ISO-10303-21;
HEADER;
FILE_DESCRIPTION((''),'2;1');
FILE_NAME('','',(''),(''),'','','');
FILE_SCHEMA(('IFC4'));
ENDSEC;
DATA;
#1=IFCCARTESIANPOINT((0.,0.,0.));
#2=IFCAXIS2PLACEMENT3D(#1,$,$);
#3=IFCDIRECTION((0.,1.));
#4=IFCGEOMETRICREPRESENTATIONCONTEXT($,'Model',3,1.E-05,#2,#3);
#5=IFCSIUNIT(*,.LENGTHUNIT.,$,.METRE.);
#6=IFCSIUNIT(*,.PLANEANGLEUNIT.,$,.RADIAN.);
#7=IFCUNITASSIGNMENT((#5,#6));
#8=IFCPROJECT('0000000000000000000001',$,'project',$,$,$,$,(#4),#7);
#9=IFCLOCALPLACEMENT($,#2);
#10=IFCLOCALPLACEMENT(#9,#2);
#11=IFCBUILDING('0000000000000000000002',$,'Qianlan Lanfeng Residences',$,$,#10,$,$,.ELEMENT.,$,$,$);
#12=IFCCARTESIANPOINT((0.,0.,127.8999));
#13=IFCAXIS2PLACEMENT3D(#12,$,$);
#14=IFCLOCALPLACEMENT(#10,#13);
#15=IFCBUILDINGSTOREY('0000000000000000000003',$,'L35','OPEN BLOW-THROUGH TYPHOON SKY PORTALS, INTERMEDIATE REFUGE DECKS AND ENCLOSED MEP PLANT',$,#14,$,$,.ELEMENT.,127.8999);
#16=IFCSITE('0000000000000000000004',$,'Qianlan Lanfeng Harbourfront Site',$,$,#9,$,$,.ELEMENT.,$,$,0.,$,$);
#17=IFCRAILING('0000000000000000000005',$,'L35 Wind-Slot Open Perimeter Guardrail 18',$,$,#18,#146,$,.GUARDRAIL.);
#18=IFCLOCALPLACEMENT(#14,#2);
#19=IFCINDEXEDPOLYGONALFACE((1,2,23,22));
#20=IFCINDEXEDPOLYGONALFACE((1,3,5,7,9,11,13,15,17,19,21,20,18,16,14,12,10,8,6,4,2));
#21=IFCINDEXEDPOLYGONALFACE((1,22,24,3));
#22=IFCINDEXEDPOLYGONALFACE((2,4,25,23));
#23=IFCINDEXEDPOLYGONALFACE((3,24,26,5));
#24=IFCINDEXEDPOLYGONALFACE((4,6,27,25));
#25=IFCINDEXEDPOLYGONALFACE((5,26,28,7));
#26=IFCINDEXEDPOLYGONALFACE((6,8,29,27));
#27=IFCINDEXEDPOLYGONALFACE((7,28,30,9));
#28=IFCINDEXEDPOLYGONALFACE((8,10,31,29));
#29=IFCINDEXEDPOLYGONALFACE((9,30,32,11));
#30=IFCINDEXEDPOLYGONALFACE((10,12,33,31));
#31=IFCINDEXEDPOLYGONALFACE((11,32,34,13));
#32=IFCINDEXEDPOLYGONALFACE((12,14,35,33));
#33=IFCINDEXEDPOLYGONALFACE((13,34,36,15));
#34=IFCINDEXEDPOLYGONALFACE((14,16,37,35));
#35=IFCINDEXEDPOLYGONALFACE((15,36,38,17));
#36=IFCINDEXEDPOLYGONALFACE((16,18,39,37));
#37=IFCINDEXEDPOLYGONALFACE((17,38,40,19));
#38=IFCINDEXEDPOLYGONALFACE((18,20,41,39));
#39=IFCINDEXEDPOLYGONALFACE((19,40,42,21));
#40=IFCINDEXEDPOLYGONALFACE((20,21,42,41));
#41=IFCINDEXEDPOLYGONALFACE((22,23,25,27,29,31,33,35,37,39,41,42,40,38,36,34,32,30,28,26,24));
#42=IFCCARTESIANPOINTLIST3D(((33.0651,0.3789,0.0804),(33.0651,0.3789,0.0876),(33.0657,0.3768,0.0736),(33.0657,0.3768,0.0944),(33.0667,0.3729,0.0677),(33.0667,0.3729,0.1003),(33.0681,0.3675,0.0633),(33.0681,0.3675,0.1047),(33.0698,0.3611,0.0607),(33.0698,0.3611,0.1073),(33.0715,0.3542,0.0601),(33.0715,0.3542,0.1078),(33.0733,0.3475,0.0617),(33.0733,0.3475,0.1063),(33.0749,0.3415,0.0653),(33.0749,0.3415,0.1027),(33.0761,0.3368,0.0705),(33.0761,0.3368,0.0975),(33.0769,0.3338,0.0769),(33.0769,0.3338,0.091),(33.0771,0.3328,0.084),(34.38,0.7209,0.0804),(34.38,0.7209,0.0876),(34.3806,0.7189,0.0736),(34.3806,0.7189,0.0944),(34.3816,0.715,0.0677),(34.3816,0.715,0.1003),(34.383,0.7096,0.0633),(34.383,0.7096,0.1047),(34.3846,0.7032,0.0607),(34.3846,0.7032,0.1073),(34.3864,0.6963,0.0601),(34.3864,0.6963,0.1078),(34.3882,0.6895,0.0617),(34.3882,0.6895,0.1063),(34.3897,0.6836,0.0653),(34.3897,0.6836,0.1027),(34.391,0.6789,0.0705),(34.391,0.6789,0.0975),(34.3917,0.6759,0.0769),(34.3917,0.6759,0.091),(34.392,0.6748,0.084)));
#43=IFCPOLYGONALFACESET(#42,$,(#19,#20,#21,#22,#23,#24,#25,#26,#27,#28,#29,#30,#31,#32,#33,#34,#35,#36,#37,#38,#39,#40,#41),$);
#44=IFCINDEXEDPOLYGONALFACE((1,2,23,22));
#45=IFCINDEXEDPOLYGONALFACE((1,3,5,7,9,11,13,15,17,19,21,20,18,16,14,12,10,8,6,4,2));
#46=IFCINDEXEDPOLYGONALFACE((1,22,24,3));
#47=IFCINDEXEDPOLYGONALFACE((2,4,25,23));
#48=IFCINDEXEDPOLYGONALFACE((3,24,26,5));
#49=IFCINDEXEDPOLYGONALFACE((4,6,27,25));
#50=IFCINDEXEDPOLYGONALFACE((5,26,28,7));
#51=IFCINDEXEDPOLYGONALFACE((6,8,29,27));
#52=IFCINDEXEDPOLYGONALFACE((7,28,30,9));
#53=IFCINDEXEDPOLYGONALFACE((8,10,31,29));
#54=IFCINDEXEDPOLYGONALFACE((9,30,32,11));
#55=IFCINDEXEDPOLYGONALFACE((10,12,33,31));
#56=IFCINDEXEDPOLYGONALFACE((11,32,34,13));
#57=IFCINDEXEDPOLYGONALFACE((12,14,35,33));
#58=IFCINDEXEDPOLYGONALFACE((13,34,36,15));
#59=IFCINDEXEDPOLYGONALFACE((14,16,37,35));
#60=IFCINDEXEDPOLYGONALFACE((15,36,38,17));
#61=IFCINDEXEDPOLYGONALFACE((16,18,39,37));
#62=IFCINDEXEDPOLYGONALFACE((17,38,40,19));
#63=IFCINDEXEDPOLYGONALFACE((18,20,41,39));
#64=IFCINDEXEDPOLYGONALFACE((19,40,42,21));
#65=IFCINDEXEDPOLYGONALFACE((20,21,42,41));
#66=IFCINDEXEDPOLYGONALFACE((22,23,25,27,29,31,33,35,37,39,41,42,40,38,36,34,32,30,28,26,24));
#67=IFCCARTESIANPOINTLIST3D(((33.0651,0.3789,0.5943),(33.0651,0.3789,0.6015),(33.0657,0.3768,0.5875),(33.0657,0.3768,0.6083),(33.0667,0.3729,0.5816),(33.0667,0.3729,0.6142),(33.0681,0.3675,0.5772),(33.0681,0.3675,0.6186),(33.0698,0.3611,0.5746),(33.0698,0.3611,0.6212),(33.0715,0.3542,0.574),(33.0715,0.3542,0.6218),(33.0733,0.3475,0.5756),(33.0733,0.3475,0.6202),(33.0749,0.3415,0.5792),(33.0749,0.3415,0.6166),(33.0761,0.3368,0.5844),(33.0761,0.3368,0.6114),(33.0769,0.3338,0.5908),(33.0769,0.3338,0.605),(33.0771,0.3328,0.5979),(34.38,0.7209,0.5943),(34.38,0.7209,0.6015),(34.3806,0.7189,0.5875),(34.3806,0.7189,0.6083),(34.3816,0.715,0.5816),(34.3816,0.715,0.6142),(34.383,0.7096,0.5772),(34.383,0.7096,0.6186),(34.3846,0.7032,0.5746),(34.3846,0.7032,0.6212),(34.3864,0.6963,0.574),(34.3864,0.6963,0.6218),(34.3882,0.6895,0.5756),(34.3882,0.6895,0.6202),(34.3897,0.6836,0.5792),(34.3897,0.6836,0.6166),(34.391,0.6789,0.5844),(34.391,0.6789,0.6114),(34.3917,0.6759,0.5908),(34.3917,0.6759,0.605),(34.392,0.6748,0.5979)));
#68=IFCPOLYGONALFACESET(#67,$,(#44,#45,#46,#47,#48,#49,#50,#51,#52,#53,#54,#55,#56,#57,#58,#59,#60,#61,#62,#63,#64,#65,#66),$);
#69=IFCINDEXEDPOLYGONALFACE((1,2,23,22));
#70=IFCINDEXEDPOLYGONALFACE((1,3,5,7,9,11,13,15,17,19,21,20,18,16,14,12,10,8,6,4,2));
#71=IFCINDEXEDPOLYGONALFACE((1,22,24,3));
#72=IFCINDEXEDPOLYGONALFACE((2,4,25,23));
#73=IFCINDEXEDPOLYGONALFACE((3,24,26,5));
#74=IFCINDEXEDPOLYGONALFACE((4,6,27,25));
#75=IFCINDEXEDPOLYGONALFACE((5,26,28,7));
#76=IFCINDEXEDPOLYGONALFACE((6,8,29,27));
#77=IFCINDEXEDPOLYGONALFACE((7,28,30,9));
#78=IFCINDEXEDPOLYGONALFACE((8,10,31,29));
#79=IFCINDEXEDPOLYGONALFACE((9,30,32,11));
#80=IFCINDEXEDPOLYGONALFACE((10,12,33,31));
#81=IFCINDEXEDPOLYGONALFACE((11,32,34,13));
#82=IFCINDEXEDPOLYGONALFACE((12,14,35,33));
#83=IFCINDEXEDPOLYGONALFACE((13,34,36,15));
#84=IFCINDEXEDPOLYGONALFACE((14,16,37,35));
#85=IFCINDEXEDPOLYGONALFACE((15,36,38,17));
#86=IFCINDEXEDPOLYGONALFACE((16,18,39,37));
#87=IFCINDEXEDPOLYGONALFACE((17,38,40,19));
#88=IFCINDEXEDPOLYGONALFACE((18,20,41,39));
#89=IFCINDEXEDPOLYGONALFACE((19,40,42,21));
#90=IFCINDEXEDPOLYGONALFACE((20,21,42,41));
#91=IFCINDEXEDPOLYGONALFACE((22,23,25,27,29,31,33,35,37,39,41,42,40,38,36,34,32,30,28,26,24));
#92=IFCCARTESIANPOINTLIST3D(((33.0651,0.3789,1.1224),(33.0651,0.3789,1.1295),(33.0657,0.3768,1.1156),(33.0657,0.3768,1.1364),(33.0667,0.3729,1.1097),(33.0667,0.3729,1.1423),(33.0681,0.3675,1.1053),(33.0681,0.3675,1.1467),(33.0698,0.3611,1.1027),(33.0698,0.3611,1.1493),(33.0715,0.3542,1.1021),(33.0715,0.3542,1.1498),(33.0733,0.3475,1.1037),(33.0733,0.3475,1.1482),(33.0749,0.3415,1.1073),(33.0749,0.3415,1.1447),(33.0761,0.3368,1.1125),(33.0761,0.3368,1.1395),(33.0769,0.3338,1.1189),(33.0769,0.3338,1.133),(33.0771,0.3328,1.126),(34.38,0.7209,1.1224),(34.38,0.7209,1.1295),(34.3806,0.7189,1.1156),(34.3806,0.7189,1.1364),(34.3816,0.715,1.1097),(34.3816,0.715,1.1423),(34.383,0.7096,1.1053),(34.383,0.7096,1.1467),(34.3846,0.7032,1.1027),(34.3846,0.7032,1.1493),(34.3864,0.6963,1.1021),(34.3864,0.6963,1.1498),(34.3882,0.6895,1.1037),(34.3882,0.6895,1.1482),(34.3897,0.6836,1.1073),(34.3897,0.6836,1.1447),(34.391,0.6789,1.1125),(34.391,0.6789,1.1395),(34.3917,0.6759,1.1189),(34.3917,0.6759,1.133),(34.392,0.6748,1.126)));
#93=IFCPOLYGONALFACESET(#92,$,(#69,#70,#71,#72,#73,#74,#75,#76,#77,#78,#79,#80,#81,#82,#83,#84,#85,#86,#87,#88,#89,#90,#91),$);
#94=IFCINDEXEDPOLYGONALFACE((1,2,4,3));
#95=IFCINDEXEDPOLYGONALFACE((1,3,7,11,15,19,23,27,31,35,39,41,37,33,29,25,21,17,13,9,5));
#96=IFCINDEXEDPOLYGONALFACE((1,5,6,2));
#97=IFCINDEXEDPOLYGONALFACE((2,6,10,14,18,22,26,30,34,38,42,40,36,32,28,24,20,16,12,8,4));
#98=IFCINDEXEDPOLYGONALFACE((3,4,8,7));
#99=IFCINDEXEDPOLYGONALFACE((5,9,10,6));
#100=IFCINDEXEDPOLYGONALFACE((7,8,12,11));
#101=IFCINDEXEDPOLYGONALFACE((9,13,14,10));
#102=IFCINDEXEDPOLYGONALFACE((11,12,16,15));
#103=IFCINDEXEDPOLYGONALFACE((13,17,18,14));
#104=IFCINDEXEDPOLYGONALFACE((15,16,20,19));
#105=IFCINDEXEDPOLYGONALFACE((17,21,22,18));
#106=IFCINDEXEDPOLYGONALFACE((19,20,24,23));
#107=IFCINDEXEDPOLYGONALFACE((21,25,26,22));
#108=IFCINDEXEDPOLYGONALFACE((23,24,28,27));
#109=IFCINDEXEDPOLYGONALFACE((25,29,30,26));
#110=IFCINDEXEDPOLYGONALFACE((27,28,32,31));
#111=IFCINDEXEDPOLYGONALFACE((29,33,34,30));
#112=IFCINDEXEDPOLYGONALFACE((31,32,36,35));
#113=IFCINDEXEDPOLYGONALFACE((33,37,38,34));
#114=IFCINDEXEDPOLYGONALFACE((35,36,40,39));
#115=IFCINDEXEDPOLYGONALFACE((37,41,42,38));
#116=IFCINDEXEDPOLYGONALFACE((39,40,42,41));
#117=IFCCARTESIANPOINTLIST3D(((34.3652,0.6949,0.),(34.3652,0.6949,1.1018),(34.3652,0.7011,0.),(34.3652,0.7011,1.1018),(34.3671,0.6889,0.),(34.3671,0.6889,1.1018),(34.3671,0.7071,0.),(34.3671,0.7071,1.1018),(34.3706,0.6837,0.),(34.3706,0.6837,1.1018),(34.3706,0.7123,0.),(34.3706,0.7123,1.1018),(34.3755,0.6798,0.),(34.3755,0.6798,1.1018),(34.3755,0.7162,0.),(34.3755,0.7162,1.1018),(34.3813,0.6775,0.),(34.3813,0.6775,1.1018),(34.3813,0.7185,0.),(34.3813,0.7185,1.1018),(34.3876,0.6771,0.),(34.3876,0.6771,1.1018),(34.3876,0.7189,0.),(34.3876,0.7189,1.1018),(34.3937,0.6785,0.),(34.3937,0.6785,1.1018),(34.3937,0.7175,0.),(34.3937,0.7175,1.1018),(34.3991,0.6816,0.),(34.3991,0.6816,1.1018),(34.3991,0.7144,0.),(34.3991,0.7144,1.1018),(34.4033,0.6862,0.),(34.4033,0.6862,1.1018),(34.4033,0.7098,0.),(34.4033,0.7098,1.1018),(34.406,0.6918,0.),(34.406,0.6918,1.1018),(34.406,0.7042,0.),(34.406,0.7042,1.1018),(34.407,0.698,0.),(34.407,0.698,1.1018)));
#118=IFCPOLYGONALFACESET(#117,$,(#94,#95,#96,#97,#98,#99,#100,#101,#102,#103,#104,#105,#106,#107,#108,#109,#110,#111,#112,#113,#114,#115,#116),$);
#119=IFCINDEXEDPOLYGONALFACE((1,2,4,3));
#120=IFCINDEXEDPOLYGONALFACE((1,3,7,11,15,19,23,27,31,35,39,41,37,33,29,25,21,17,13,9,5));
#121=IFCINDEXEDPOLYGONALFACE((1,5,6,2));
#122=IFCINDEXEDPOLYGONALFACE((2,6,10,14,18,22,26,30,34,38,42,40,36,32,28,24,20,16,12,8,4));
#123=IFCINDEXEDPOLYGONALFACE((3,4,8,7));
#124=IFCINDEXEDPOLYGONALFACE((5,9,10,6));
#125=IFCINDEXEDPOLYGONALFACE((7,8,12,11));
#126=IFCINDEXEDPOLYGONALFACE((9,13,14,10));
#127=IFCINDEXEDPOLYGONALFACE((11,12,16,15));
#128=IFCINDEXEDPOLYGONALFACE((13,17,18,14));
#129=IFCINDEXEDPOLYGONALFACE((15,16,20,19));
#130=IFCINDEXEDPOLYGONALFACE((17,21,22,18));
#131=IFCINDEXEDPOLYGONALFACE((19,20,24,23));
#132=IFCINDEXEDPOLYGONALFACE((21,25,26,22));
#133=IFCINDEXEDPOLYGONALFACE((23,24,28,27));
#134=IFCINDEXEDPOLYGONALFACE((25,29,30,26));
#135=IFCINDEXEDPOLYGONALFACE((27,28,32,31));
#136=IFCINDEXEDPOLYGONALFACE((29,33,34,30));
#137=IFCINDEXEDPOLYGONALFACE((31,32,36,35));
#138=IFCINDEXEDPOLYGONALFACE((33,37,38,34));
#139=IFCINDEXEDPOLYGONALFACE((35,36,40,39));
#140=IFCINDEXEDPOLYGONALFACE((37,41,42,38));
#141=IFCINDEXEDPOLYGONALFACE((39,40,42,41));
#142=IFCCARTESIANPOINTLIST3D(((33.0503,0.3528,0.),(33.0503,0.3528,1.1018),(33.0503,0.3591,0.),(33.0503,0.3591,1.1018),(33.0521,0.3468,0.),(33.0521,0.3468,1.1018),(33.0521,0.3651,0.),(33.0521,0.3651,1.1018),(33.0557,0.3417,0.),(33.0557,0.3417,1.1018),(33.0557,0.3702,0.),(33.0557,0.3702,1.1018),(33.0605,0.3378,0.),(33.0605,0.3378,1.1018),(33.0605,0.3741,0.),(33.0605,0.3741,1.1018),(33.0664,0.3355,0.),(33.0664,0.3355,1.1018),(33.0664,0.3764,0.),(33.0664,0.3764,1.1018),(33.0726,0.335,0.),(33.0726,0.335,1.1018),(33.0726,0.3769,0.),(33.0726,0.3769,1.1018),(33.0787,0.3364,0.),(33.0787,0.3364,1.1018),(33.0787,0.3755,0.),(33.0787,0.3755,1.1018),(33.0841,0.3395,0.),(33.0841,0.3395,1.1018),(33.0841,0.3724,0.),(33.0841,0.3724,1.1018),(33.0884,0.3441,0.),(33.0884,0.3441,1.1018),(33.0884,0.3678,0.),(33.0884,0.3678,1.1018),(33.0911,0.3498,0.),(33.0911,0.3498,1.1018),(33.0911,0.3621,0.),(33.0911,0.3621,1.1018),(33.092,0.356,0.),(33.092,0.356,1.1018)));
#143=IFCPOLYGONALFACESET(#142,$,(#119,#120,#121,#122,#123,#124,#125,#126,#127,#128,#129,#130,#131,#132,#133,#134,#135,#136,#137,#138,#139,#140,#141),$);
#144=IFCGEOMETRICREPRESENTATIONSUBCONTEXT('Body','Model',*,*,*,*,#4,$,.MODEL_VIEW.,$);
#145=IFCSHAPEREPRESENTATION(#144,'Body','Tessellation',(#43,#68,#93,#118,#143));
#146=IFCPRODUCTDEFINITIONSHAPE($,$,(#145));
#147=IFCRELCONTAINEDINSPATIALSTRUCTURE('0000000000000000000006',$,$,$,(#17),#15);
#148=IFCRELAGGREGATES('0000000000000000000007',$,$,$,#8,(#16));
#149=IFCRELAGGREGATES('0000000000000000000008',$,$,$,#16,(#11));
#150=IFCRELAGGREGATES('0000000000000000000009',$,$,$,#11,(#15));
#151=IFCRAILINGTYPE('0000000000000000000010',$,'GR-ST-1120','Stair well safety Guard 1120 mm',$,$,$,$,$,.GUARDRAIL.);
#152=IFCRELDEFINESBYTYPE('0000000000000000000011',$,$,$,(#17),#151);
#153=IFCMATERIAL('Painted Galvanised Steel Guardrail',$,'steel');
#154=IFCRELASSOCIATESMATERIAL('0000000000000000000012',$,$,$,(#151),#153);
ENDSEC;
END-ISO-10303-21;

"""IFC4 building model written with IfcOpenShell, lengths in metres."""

from ifc_helpers import new_model, si_unit, direction, frame, origin, origin_2d, place, context, subcontext, project, spatial, circle, extrude, material, type_object, element, save


model = new_model("IFC4")

# Units and contexts
model_context = context("Model", 3, precision=1e-05, world=origin(), true_north=direction((0.0, 1.0)))
body_context = subcontext(model_context, "Body", "Model", "MODEL_VIEW")
ifc_project = project(units=[si_unit("LENGTHUNIT", "METRE"), si_unit("PLANEANGLEUNIT", "RADIAN")], contexts=[model_context])

# Site, building, storey
site_placement = place(None, origin())
site = spatial("IfcSite", under=ifc_project, at=site_placement, Name="Qianlan Lanfeng Harbourfront Site", CompositionType="ELEMENT", RefElevation=0.0)
building_placement = place(site_placement, origin())
building = spatial("IfcBuilding", under=site, at=building_placement, Name="Qianlan Lanfeng Residences", CompositionType="ELEMENT")
storey_placement = place(building_placement, frame((0.0, 0.0, 127.8999)))
storey = spatial("IfcBuildingStorey", under=building, at=storey_placement, Name="L35", Description="OPEN BLOW-THROUGH TYPHOON SKY PORTALS, INTERMEDIATE REFUGE DECKS AND ENCLOSED MEP PLANT", CompositionType="ELEMENT", Elevation=127.8999)

# Railing
ifc_material_1 = material(Name="Painted Galvanised Steel Guardrail", Category="steel")
railing_type = type_object("IfcRailingType", Name="GR-ST-1120", Description="Stair well safety Guard 1120 mm", PredefinedType="GUARDRAIL", material=ifc_material_1)
railing_1_placement = place(storey_placement, frame((34.386, 0.698, 0.0)))
element("IfcRailing", 1, at=railing_1_placement, inside=storey, type_object=railing_type, Name="L35 Wind-Slot Open Perimeter Guardrail 18", PredefinedType="GUARDRAIL", context=body_context, shape_type="SweptSolid", body=[
    extrude(circle(Radius=0.0239, at=origin_2d()), frame((0.0, 0.0, 0.084), z_axis=(-0.967794, -0.251742, 0.0), x_axis=(0.251742, -0.967794, 0.0)), (0.0, 0.0, 1.0), 1.3586),
    extrude(circle(Radius=0.0239, at=origin_2d()), frame((0.0, 0.0, 0.5979), z_axis=(-0.967794, -0.251742, 0.0), x_axis=(0.251742, -0.967794, 0.0)), (0.0, 0.0, 1.0), 1.3586),
    extrude(circle(Radius=0.0239, at=origin_2d()), frame((0.0, 0.0, 1.126), z_axis=(-0.967794, -0.251742, 0.0), x_axis=(0.251742, -0.967794, 0.0)), (0.0, 0.0, 1.0), 1.3586),
    extrude(circle(Radius=0.021, at=origin_2d()), origin(), (0.0, 0.0, 1.0), 1.1018),
    extrude(circle(Radius=0.021, at=origin_2d()), frame((-1.3149, -0.342, 0.0)), (0.0, 0.0, 1.0), 1.1018),
])

save(model, "model.ifc")
